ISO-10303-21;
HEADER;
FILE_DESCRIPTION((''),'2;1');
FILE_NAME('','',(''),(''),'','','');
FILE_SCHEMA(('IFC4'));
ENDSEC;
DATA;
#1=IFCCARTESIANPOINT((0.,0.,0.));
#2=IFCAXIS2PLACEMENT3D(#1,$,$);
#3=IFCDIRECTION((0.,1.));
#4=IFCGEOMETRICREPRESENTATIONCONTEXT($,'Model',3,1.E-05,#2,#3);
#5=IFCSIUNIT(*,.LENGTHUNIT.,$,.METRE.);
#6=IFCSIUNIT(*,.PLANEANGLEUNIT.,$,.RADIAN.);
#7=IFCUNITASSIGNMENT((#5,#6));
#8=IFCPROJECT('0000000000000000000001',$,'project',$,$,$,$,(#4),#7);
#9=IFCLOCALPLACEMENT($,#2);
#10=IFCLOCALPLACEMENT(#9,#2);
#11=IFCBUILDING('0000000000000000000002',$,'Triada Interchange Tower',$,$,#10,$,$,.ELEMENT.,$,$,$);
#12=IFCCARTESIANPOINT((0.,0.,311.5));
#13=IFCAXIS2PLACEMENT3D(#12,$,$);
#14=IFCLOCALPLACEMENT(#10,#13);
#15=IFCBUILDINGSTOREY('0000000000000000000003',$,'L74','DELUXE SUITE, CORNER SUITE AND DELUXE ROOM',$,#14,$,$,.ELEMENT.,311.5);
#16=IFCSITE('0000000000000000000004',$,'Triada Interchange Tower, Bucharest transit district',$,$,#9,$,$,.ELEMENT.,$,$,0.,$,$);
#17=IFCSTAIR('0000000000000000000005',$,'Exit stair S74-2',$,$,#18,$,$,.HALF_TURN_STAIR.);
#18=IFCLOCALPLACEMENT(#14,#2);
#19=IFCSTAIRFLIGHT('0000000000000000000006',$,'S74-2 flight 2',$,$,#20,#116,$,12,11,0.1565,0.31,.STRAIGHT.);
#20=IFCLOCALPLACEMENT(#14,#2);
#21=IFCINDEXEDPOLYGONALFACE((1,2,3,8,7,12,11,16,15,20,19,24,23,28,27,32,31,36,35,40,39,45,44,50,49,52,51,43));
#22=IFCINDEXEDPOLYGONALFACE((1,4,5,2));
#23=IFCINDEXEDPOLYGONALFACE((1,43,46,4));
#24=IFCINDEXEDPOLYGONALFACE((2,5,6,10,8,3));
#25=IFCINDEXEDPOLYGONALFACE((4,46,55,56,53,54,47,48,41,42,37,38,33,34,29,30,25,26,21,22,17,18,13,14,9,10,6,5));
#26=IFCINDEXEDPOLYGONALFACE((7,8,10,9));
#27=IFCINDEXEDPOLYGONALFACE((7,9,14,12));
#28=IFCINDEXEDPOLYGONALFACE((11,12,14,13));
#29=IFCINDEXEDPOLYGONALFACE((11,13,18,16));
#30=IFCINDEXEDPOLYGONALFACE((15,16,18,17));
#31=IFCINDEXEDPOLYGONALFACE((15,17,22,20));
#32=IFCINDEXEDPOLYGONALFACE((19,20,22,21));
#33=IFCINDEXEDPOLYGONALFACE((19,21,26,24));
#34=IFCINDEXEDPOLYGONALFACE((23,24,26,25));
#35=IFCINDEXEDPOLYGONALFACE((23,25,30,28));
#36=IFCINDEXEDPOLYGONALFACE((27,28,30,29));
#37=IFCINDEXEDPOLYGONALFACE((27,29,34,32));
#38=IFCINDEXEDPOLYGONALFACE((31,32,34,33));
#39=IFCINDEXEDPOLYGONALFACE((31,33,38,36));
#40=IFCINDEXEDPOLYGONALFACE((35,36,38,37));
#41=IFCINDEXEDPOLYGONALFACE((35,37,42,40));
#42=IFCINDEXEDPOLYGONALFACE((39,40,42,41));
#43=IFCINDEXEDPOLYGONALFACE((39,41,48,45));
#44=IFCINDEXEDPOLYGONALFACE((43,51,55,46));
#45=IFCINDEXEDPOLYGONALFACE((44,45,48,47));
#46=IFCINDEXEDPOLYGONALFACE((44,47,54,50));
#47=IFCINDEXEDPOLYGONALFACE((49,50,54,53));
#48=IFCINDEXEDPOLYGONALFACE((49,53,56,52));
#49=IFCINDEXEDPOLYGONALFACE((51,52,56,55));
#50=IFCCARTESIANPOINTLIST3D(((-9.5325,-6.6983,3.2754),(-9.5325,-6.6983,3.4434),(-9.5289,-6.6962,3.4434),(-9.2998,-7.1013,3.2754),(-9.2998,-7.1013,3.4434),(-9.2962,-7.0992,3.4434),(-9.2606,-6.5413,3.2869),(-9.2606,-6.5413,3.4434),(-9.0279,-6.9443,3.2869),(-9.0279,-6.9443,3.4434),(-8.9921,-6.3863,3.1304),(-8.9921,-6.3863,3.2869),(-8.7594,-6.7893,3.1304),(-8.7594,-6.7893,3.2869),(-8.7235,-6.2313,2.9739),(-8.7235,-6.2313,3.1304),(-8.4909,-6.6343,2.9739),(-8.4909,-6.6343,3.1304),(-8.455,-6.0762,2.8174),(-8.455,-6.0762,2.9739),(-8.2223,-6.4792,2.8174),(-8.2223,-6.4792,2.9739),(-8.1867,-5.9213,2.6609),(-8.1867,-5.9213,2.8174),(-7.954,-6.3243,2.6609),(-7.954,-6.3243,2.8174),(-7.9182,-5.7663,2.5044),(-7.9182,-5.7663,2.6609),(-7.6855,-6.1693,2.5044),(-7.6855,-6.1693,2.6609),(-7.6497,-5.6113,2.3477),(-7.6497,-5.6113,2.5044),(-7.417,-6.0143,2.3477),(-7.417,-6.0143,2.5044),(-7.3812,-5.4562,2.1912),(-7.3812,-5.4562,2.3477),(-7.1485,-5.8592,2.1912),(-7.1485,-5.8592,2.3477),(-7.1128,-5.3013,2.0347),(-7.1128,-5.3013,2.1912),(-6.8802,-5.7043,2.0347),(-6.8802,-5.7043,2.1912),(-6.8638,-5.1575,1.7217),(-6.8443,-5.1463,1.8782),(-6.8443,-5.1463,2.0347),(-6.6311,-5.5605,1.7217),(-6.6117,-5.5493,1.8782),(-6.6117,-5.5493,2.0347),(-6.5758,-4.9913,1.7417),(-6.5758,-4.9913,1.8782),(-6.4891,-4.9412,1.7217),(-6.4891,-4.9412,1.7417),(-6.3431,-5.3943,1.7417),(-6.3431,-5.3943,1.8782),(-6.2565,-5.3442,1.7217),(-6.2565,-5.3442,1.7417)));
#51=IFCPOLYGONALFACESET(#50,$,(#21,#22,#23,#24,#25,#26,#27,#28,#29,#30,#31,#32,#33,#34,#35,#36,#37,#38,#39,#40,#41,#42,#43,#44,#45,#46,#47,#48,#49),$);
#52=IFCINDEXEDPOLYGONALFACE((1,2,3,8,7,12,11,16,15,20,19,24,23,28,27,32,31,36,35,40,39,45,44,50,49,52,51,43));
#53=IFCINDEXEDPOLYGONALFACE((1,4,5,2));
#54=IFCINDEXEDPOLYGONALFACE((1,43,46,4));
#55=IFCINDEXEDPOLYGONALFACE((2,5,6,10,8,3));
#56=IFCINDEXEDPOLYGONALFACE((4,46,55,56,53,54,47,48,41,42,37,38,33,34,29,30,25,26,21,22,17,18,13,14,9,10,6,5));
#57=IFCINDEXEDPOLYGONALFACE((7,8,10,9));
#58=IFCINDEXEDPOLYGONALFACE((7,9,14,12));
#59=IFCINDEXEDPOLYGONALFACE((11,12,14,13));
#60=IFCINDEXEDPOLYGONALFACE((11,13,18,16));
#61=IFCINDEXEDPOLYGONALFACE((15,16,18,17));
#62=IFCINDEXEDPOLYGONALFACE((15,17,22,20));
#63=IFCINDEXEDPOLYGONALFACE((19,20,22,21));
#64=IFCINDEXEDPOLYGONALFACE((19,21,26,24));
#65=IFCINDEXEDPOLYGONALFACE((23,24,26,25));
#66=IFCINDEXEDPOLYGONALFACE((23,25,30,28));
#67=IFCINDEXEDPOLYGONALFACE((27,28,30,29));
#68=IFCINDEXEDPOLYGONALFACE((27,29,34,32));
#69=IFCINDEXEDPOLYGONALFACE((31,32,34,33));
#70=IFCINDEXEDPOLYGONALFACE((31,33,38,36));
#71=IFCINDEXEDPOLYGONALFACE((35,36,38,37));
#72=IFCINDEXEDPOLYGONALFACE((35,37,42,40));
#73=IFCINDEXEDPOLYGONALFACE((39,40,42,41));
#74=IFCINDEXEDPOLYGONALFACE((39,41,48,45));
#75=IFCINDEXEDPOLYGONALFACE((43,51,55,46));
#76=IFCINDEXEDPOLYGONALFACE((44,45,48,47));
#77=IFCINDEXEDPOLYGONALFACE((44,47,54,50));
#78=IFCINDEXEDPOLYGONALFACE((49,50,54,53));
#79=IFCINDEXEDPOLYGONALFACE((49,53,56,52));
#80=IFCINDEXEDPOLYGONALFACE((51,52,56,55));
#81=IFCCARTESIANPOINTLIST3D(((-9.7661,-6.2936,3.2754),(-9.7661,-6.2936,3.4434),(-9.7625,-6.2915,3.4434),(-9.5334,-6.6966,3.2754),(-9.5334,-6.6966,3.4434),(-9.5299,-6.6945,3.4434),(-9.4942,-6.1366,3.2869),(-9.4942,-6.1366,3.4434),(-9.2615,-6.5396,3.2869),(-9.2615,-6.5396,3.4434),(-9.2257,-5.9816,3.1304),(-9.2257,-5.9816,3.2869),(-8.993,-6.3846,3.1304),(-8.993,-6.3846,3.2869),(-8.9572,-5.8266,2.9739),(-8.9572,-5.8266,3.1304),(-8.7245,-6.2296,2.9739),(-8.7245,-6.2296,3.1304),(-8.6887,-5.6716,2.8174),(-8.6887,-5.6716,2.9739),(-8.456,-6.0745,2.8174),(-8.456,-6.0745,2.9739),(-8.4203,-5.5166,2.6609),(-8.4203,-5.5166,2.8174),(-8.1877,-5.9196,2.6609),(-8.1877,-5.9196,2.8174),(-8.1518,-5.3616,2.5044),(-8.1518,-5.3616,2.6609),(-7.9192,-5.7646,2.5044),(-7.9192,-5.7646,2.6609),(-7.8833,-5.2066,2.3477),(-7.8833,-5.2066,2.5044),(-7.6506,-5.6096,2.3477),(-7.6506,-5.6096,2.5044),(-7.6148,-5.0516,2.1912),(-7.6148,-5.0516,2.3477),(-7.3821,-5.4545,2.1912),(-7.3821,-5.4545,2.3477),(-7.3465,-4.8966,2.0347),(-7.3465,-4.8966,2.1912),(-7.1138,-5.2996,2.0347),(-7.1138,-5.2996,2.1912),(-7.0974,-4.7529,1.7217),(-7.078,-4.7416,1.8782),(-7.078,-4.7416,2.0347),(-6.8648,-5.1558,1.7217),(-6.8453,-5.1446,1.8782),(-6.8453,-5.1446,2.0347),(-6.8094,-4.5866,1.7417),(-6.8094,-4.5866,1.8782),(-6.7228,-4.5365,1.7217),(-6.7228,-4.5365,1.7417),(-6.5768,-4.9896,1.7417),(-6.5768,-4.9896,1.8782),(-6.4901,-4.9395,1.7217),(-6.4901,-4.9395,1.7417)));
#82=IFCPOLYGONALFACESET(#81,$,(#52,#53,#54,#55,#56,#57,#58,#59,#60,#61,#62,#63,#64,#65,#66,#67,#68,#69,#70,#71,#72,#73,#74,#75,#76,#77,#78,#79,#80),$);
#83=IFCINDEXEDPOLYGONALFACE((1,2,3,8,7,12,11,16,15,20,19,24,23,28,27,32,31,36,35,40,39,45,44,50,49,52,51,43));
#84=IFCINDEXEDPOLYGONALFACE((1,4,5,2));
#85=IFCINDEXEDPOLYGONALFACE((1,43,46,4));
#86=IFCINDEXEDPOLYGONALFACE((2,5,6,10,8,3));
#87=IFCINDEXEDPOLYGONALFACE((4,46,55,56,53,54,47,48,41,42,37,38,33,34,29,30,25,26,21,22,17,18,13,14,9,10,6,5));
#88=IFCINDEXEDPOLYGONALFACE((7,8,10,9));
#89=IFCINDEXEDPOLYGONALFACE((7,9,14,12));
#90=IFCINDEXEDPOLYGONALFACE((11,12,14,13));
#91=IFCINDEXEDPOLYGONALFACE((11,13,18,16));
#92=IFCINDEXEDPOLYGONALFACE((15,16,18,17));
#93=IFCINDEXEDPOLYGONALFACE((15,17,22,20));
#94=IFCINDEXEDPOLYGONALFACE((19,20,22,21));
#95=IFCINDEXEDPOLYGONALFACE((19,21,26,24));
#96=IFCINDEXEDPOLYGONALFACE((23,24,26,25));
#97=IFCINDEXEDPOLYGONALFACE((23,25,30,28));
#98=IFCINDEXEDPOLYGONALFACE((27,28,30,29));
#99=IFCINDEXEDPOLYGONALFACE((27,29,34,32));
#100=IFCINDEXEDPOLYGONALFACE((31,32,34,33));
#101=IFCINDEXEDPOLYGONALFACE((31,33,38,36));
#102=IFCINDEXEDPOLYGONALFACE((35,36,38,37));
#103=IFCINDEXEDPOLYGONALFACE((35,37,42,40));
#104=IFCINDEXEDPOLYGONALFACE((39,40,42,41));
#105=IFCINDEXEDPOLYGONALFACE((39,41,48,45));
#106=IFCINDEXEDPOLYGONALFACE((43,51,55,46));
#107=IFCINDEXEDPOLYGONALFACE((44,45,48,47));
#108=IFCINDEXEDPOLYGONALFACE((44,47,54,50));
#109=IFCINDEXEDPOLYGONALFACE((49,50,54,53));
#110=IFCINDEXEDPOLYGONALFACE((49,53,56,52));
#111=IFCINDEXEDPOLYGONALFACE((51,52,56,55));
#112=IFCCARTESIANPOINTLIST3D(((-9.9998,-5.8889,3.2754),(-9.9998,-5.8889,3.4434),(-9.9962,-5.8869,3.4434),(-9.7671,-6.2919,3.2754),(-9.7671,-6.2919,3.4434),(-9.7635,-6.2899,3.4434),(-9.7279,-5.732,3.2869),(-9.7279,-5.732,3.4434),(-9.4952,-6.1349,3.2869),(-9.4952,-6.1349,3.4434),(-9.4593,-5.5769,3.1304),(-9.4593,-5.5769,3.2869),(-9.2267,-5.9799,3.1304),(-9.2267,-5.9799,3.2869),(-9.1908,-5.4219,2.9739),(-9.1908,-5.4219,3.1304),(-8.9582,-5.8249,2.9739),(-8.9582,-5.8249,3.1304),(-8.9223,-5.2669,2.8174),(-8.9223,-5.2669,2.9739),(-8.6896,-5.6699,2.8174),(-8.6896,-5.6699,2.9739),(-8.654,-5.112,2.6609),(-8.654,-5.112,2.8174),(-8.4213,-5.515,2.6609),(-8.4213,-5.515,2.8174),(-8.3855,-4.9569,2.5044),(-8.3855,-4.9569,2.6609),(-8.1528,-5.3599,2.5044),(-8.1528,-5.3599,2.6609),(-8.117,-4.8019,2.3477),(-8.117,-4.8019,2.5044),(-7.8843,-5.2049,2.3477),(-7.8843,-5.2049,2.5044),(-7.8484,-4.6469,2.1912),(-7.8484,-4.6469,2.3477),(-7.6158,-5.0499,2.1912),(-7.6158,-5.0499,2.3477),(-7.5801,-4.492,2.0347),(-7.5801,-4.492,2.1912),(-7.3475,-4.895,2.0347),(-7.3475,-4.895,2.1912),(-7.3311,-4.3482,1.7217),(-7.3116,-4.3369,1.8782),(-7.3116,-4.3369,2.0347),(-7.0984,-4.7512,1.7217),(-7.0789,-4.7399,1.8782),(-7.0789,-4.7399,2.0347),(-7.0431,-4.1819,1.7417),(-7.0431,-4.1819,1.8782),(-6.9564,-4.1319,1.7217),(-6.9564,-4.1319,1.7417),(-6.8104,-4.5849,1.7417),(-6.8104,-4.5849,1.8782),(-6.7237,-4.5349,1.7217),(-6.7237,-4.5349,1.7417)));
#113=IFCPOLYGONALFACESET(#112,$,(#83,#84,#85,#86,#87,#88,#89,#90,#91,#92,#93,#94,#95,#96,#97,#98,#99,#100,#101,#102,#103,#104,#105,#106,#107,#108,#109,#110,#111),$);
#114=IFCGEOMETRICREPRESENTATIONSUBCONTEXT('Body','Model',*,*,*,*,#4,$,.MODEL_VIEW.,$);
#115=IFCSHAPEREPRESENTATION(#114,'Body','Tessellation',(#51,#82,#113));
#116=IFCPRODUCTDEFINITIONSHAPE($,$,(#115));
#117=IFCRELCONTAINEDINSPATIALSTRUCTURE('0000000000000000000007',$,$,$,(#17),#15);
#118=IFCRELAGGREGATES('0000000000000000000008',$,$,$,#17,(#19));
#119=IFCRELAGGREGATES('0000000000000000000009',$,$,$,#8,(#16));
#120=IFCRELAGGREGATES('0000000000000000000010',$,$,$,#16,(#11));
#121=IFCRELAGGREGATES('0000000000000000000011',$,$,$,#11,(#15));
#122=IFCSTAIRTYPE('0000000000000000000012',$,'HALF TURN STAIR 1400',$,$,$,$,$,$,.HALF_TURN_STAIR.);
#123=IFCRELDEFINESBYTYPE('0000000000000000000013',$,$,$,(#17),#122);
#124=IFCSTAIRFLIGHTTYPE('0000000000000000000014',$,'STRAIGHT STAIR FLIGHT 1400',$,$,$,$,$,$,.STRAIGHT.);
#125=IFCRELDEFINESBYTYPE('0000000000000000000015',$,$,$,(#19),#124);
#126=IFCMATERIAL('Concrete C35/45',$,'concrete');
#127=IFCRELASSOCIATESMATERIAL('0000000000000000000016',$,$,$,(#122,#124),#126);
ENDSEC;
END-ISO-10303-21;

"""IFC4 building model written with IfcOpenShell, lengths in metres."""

from ifc_helpers import new_model, si_unit, direction, frame, origin, place, context, subcontext, project, spatial, polyline, outline, extrude, material, type_object, element, aggregate, save


model = new_model("IFC4")

# Units and contexts
model_context = context("Model", 3, precision=1e-05, world=origin(), true_north=direction((0.0, 1.0)))
body_context = subcontext(model_context, "Body", "Model", "MODEL_VIEW")
ifc_project = project(units=[si_unit("LENGTHUNIT", "METRE"), si_unit("PLANEANGLEUNIT", "RADIAN")], contexts=[model_context])

# Site, building, storey
site_placement = place(None, origin())
site = spatial("IfcSite", under=ifc_project, at=site_placement, Name="Triada Interchange Tower, Bucharest transit district", CompositionType="ELEMENT", RefElevation=0.0)
building_placement = place(site_placement, origin())
building = spatial("IfcBuilding", under=site, at=building_placement, Name="Triada Interchange Tower", CompositionType="ELEMENT")
storey_placement = place(building_placement, frame((0.0, 0.0, 311.5)))
storey = spatial("IfcBuildingStorey", under=building, at=storey_placement, Name="L74", Description="DELUXE SUITE, CORNER SUITE AND DELUXE ROOM", CompositionType="ELEMENT", Elevation=311.5)

# Stair, stair flight
ifc_material_1 = material(Name="Concrete C35/45", Category="concrete")
stair_type = type_object("IfcStairType", Name="HALF TURN STAIR 1400", PredefinedType="HALF_TURN_STAIR", material=ifc_material_1)
stair_placement = place(storey_placement, origin())
stair = element("IfcStair", 1, at=stair_placement, inside=storey, type_object=stair_type, Name="Exit stair S74-2", PredefinedType="HALF_TURN_STAIR")
stair_flight_type = type_object("IfcStairFlightType", Name="STRAIGHT STAIR FLIGHT 1400", PredefinedType="STRAIGHT", material=ifc_material_1)
stair_flight_1_placement = place(storey_placement, frame((-6.6931, -4.7881, 1.7217), z_axis=(0.0, 0.0, 1.0), x_axis=(-0.866025, -0.5, 0.0)))
stair_flight_1 = element("IfcStairFlight", 2, at=stair_flight_1_placement, type_object=stair_flight_type, Name="S74-2 flight 2", NumberOfRisers=12, NumberOfTreads=11, PredefinedType="STRAIGHT", RiserHeight=0.1565, TreadLength=0.31, context=body_context, shape_type="SweptSolid", body=[
    extrude(outline(polyline([(-0.1001, 0.0), (-0.1001, 0.02), (0.0, 0.02), (0.0, 0.1565), (0.3101, 0.1565), (0.3101, 0.313), (0.6201, 0.313), (0.6201, 0.4695), (0.9299, 0.4695), (0.9299, 0.626), (1.24, 0.626), (1.24, 0.7827), (1.55, 0.7827), (1.55, 0.9392), (1.8601, 0.9392), (1.8601, 1.0957), (2.1699, 1.0957), (2.1699, 1.2522), (2.48, 1.2522), (2.48, 1.4087), (2.79, 1.4087), (2.79, 1.5652), (3.1001, 1.5652), (3.1001, 1.7217), (3.4099, 1.7217), (3.4141, 1.7217), (3.4141, 1.8782), (3.4141, 1.5537), (0.3325, 0.0), (-0.1001, 0.0)])), frame((0.0, 0.7, 0.0), z_axis=(0.0, -1.0, 0.0), x_axis=(1.0, 0.0, 0.0)), (0.0, 0.0, 1.0), 0.4653),
    extrude(outline(polyline([(-0.1001, 0.0), (-0.1001, 0.02), (0.0, 0.02), (0.0, 0.1565), (0.3101, 0.1565), (0.3101, 0.313), (0.6201, 0.313), (0.6201, 0.4695), (0.9299, 0.4695), (0.9299, 0.626), (1.24, 0.626), (1.24, 0.7827), (1.55, 0.7827), (1.55, 0.9392), (1.8601, 0.9392), (1.8601, 1.0957), (2.1699, 1.0957), (2.1699, 1.2522), (2.48, 1.2522), (2.48, 1.4087), (2.79, 1.4087), (2.79, 1.5652), (3.1001, 1.5652), (3.1001, 1.7217), (3.4099, 1.7217), (3.4141, 1.7217), (3.4141, 1.8782), (3.4141, 1.5537), (0.3325, 0.0), (-0.1001, 0.0)])), frame((0.0, 0.2327, 0.0), z_axis=(0.0, -1.0, 0.0), x_axis=(1.0, 0.0, 0.0)), (0.0, 0.0, 1.0), 0.4653),
    extrude(outline(polyline([(-0.1001, 0.0), (-0.1001, 0.02), (0.0, 0.02), (0.0, 0.1565), (0.3101, 0.1565), (0.3101, 0.313), (0.6201, 0.313), (0.6201, 0.4695), (0.9299, 0.4695), (0.9299, 0.626), (1.24, 0.626), (1.24, 0.7827), (1.55, 0.7827), (1.55, 0.9392), (1.8601, 0.9392), (1.8601, 1.0957), (2.1699, 1.0957), (2.1699, 1.2522), (2.48, 1.2522), (2.48, 1.4087), (2.79, 1.4087), (2.79, 1.5652), (3.1001, 1.5652), (3.1001, 1.7217), (3.4099, 1.7217), (3.4141, 1.7217), (3.4141, 1.8782), (3.4141, 1.5537), (0.3325, 0.0), (-0.1001, 0.0)])), frame((0.0, -0.2346, 0.0), z_axis=(0.0, -1.0, 0.0), x_axis=(1.0, 0.0, 0.0)), (0.0, 0.0, 1.0), 0.4653),
])
aggregate(stair, [stair_flight_1])

save(model, "model.ifc")
